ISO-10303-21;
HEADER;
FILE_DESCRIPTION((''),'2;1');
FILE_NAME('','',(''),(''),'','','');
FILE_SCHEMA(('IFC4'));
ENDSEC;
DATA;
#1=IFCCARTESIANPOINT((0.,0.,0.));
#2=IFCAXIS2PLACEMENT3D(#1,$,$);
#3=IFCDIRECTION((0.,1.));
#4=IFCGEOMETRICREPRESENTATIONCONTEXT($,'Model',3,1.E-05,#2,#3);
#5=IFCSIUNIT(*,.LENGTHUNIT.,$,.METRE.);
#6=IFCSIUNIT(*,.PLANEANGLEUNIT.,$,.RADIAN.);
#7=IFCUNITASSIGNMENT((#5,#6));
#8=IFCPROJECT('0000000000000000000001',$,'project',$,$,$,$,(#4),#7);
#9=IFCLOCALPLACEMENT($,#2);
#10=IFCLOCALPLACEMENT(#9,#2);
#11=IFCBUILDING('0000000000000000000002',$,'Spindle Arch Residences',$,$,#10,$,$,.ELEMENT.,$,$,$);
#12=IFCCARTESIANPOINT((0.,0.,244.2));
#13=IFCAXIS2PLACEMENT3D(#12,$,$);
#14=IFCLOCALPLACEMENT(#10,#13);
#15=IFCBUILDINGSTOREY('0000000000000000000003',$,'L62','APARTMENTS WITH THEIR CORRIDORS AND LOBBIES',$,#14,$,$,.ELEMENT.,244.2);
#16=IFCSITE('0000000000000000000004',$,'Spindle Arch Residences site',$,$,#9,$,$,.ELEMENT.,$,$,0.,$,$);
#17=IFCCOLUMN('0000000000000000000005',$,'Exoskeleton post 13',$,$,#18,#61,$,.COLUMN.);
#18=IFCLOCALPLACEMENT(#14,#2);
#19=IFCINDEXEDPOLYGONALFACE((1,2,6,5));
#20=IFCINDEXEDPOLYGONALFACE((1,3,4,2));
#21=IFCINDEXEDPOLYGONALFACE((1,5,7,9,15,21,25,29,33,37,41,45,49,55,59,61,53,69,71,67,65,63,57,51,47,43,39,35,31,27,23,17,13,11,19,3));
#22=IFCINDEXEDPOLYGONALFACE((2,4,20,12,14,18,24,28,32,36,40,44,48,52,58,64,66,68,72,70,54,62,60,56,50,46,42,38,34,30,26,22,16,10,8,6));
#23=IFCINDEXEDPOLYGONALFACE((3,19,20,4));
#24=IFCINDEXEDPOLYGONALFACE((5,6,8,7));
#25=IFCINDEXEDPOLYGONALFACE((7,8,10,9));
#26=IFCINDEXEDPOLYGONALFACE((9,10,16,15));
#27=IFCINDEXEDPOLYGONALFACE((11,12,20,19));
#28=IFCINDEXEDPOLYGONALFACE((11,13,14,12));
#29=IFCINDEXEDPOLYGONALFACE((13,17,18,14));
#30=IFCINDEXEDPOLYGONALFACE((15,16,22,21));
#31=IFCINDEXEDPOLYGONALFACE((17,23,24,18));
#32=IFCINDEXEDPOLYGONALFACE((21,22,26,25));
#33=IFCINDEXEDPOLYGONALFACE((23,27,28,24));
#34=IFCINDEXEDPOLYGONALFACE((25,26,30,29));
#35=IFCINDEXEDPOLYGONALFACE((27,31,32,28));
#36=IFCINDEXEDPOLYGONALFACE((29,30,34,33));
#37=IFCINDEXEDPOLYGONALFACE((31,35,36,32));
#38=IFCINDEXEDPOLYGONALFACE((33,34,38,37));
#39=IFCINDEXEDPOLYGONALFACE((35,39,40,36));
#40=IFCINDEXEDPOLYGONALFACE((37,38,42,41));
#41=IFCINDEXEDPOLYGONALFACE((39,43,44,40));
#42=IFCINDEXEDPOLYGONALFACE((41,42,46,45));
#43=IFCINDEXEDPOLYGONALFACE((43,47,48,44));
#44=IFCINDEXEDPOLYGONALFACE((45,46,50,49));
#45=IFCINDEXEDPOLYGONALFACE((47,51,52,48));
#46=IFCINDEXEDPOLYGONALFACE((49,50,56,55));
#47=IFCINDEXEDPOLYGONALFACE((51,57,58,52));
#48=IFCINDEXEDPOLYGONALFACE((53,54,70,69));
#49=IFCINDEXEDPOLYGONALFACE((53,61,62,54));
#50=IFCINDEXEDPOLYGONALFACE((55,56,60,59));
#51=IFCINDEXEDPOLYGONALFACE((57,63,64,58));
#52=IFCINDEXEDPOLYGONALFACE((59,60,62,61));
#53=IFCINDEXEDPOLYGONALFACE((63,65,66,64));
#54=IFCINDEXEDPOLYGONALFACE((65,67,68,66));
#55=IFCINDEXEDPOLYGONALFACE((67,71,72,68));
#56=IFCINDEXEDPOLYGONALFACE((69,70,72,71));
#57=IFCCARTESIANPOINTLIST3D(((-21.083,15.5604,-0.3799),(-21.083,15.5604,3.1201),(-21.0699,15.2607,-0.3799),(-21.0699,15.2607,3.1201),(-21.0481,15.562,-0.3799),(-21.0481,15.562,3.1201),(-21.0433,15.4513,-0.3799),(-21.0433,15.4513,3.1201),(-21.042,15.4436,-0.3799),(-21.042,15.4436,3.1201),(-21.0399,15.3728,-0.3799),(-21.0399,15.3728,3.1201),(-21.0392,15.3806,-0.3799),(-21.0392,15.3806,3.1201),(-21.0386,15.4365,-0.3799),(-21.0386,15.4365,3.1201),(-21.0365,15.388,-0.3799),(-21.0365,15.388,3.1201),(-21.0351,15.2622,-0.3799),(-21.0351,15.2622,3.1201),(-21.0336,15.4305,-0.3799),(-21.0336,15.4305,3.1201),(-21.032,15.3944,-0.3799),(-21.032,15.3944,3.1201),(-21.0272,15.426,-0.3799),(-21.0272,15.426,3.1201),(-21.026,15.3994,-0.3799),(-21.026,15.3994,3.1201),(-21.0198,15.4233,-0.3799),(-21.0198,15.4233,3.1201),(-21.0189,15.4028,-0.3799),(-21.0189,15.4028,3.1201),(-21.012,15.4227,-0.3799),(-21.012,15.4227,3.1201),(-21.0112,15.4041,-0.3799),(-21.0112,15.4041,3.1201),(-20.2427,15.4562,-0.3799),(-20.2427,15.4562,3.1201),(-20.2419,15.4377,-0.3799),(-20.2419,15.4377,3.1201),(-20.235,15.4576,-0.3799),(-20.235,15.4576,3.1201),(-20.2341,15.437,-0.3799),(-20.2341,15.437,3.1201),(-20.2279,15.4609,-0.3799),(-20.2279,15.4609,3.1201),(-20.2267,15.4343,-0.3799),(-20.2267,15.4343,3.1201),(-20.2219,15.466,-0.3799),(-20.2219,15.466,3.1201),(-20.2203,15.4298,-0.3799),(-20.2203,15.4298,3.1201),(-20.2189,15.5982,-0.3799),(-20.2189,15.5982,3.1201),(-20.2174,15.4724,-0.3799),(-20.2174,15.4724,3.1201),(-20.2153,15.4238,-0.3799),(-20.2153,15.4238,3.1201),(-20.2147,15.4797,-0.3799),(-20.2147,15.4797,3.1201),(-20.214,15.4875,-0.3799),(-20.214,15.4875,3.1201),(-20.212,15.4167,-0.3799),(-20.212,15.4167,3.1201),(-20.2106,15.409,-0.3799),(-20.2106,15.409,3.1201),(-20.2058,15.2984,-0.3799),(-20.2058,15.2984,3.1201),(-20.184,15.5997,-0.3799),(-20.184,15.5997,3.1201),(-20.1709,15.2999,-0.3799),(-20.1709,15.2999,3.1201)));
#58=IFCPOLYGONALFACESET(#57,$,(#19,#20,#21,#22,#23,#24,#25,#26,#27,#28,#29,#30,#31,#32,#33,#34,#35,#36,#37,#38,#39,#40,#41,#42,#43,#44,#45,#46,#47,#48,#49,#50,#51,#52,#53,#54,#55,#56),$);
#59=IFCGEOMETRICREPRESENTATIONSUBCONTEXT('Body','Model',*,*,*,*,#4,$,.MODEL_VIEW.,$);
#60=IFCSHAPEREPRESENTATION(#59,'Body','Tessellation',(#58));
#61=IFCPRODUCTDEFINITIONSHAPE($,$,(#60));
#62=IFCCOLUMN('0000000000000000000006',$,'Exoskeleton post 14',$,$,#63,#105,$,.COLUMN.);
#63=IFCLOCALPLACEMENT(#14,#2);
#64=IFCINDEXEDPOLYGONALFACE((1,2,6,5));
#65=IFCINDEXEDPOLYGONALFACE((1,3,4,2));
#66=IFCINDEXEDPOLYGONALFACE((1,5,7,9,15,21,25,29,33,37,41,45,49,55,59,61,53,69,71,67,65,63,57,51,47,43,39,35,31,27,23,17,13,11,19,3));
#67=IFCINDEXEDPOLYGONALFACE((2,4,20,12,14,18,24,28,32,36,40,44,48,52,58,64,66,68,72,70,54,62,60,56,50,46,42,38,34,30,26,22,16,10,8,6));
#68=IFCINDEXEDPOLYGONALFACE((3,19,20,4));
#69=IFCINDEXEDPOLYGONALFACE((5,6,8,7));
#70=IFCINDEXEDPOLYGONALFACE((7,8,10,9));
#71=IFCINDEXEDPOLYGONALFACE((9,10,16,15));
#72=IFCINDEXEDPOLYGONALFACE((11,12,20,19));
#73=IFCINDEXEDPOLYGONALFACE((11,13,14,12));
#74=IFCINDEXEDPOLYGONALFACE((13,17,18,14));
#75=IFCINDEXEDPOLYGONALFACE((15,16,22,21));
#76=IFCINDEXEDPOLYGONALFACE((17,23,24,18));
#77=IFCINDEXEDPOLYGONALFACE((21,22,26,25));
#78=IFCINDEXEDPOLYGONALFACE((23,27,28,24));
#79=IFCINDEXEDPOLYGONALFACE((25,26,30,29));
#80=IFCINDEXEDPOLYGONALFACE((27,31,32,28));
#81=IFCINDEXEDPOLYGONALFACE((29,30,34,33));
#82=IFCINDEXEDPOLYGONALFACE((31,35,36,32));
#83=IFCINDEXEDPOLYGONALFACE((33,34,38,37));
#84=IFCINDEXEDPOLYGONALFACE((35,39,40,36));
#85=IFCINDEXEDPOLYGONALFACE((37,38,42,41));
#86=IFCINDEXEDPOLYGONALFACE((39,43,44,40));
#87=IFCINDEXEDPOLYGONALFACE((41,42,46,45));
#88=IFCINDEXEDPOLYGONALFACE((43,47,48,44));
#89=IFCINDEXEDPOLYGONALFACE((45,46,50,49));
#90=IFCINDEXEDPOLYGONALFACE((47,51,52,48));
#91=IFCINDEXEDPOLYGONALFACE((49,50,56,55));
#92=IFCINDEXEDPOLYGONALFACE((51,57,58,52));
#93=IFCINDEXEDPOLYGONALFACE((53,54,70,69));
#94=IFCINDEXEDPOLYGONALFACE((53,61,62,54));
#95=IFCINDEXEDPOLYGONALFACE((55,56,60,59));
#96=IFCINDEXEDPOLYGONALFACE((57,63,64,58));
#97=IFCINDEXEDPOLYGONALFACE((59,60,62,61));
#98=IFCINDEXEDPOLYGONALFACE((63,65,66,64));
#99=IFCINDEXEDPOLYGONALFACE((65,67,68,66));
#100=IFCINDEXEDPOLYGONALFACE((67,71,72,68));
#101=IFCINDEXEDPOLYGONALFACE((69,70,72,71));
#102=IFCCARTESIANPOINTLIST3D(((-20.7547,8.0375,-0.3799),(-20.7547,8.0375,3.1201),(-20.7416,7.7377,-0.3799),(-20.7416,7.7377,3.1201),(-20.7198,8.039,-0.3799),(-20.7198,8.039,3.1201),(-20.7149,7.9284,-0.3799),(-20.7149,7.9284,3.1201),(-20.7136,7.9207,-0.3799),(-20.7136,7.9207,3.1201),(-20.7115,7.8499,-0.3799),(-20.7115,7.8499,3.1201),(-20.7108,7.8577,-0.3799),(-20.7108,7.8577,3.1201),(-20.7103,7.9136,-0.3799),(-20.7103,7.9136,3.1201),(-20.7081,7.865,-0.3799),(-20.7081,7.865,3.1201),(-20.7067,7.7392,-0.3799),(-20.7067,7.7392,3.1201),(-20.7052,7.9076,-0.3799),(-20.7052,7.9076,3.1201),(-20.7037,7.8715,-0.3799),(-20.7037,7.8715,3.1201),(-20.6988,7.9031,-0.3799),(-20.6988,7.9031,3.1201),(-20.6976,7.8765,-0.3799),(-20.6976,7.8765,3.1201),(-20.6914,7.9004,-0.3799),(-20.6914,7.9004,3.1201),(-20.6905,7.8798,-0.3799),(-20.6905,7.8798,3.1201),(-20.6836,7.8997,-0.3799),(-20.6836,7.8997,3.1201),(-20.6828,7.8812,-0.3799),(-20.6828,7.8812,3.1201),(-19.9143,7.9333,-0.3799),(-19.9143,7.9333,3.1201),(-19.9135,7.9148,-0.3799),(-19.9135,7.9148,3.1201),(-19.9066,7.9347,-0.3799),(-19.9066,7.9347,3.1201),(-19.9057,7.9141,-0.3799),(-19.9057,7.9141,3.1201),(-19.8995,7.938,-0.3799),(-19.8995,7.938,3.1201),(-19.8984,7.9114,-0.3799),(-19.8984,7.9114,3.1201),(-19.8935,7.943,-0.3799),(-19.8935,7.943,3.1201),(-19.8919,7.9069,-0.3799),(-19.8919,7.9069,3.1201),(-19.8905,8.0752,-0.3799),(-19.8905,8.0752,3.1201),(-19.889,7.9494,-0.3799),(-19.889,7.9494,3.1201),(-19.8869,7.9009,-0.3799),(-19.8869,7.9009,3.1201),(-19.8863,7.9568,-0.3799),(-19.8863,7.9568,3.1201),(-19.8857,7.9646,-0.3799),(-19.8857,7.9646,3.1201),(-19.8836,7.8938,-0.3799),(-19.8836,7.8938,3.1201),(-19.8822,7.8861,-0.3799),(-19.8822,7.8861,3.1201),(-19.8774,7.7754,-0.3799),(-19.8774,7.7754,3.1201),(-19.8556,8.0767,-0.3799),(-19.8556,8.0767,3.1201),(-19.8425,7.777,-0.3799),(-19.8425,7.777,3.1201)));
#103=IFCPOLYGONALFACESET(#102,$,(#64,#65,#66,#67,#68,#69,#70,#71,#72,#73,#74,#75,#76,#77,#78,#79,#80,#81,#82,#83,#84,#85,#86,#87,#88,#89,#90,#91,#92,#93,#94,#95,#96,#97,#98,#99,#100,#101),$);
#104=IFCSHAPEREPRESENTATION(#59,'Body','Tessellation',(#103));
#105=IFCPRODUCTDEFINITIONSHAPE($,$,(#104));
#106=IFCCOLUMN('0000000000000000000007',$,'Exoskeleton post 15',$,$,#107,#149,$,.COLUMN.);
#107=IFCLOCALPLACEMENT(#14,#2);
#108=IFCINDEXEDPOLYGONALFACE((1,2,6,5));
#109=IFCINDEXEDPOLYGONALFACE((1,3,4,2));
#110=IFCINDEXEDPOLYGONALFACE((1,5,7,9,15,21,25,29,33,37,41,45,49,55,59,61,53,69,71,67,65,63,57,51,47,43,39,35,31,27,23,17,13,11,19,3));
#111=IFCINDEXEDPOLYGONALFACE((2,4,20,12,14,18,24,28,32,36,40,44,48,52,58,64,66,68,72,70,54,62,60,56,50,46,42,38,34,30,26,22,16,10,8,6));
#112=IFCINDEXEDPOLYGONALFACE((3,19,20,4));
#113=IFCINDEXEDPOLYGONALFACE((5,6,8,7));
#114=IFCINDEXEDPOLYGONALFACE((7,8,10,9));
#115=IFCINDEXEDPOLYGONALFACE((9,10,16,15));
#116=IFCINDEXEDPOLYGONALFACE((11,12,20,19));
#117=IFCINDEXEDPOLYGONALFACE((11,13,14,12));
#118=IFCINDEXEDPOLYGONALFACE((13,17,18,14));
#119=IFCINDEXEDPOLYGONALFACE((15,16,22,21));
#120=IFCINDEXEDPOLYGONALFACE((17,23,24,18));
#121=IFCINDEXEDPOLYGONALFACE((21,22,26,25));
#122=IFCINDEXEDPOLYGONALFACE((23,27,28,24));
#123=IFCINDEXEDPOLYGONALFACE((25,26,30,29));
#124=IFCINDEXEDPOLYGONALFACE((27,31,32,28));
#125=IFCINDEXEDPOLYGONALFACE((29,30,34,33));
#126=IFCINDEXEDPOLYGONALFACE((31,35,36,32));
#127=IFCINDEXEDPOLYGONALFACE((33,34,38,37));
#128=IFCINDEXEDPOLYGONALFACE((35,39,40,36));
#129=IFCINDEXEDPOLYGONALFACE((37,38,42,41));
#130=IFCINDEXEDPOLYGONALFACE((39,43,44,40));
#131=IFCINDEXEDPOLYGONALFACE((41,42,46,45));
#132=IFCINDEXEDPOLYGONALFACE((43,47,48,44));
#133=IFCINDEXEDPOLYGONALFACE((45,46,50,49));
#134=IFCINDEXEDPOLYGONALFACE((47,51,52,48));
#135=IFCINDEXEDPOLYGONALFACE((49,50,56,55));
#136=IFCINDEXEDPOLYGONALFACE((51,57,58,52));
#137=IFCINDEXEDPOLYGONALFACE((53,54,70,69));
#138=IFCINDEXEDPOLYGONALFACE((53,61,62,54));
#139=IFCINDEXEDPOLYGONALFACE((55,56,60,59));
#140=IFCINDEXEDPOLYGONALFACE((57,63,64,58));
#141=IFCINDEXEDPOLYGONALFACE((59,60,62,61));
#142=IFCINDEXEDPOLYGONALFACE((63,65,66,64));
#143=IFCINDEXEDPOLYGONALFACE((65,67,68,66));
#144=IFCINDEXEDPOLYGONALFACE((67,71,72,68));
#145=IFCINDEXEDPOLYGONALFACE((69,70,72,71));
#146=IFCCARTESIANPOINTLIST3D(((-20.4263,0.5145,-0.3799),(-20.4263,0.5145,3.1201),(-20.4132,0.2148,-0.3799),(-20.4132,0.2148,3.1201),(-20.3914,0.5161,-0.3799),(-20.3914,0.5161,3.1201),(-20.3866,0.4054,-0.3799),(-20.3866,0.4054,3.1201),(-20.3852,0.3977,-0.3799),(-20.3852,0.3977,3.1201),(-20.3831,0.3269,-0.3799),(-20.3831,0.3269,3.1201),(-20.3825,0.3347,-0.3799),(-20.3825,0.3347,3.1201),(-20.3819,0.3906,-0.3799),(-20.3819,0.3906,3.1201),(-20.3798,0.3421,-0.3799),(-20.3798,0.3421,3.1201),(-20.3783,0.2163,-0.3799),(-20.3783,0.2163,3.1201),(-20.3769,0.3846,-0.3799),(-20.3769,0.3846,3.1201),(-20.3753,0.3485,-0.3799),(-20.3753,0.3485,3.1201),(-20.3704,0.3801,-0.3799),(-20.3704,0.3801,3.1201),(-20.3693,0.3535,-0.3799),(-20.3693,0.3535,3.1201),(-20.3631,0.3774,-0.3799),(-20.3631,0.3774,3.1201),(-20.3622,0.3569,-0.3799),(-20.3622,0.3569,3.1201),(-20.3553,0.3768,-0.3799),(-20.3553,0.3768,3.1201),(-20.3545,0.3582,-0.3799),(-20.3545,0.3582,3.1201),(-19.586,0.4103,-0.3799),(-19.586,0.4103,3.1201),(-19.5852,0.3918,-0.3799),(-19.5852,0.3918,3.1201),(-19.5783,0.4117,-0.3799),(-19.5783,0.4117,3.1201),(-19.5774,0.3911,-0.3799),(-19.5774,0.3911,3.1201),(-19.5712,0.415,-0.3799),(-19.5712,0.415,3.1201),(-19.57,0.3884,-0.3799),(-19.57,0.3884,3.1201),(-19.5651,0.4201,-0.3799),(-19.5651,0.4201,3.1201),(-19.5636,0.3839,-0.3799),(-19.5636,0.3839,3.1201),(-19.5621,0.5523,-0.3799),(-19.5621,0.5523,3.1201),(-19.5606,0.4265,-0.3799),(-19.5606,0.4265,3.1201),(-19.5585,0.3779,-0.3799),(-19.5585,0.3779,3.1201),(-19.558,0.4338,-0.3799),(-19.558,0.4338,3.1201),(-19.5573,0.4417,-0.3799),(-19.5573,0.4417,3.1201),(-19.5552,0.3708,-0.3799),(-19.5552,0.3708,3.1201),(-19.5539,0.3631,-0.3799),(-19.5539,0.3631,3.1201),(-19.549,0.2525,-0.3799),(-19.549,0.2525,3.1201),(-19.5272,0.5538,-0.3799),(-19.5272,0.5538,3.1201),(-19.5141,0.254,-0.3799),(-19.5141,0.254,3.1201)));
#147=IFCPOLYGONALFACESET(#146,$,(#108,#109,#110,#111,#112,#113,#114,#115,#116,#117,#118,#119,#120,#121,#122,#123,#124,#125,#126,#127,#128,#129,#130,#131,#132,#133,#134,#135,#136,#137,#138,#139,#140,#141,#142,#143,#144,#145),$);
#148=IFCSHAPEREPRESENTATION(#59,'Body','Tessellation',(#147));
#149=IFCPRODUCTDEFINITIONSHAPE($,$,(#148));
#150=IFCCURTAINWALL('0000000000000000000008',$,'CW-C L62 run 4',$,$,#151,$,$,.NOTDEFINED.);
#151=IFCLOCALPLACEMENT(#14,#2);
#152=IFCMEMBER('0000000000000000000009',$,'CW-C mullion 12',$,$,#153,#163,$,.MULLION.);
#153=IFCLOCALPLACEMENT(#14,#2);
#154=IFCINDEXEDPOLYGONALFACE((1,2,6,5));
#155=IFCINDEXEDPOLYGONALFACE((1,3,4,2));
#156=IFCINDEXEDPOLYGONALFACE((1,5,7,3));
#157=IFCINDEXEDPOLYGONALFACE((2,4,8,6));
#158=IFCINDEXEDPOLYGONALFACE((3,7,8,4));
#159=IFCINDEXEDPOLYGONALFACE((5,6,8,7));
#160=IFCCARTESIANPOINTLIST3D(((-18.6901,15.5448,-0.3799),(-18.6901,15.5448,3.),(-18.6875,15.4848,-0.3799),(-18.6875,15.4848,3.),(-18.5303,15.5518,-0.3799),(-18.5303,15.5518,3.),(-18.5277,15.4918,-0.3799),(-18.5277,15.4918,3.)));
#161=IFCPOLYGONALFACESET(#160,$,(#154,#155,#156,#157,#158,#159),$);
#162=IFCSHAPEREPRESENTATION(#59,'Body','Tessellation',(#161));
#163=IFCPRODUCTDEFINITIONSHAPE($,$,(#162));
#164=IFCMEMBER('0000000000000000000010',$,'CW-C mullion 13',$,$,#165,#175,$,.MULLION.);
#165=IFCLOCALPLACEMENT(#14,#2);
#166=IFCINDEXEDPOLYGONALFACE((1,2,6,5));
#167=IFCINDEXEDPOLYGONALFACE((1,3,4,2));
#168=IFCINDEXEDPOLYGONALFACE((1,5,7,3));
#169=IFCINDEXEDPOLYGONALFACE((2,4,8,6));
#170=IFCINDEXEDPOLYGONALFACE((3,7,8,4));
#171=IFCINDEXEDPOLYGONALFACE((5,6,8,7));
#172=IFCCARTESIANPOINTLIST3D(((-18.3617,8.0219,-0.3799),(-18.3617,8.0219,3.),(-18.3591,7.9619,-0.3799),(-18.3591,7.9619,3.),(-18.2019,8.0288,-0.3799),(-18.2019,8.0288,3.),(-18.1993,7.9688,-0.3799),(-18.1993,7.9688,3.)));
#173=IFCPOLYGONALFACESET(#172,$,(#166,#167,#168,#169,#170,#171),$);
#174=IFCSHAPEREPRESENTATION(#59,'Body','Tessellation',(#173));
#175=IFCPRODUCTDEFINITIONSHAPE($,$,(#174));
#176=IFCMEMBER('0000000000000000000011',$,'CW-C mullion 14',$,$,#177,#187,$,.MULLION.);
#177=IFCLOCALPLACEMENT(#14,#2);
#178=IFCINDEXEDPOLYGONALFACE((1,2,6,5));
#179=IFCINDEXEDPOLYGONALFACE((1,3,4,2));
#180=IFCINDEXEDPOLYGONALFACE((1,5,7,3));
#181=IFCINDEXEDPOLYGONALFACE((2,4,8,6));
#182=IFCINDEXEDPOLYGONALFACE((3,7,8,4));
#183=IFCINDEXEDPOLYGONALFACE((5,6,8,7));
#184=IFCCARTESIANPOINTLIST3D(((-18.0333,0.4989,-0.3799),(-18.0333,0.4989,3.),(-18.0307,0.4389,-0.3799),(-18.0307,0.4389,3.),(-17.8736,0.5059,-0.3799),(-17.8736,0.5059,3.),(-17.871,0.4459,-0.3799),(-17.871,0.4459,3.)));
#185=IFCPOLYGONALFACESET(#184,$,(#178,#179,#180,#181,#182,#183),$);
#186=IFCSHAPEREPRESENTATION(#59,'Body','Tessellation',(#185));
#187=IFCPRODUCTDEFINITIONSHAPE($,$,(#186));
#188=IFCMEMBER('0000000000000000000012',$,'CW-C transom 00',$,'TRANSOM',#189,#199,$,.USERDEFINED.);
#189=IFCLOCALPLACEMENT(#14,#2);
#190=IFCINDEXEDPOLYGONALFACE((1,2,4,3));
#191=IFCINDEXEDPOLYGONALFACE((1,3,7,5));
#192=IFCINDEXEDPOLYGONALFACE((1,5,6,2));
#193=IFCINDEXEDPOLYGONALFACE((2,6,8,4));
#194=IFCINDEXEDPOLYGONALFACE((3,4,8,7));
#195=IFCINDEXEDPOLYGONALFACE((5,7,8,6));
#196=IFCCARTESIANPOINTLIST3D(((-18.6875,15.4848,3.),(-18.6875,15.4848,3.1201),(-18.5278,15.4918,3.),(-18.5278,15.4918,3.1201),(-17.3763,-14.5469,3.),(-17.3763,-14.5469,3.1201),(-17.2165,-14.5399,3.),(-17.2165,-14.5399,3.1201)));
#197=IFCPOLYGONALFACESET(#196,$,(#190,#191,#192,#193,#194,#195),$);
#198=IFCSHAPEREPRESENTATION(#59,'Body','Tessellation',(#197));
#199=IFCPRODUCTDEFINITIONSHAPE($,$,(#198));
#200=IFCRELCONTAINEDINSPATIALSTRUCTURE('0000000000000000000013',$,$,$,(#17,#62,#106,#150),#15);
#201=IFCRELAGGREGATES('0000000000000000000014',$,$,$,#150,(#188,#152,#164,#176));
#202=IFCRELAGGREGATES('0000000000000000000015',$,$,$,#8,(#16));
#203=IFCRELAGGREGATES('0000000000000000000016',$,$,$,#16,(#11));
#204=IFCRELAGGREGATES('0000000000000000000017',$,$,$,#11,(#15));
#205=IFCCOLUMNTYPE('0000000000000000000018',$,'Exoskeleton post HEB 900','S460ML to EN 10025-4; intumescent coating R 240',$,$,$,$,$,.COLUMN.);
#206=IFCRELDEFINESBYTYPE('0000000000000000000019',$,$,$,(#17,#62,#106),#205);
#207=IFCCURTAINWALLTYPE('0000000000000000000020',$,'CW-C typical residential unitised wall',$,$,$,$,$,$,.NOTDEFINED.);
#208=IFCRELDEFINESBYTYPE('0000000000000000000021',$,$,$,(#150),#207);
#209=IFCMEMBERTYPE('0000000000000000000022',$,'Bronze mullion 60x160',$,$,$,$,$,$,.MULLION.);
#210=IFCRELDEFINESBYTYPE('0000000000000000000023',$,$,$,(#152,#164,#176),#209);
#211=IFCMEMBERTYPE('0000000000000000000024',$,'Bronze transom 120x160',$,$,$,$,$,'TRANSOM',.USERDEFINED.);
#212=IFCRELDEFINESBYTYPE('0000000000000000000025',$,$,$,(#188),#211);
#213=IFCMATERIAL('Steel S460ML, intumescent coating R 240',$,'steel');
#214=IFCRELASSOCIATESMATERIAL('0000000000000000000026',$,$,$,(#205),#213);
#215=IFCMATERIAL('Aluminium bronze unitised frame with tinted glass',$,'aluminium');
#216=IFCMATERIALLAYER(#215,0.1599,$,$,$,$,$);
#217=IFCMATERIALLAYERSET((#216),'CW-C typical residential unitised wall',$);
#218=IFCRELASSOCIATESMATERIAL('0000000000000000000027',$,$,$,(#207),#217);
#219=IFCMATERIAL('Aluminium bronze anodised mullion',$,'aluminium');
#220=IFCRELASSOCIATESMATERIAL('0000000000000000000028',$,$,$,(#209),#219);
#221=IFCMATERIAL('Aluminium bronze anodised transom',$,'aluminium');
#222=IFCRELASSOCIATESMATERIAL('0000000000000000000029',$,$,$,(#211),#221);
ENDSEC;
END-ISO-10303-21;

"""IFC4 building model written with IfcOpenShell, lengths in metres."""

from ifc_helpers import new_model, si_unit, direction, frame, origin, origin_2d, place, context, subcontext, project, spatial, rectangle, i_section, extrude, material, layer, layer_set, material_profile, profile_set, type_object, element, aggregate, save


model = new_model("IFC4")

# Units and contexts
model_context = context("Model", 3, precision=1e-05, world=origin(), true_north=direction((0.0, 1.0)))
body_context = subcontext(model_context, "Body", "Model", "MODEL_VIEW")
ifc_project = project(units=[si_unit("LENGTHUNIT", "METRE"), si_unit("PLANEANGLEUNIT", "RADIAN")], contexts=[model_context])

# Site, building, storey
site_placement = place(None, origin())
site = spatial("IfcSite", under=ifc_project, at=site_placement, Name="Spindle Arch Residences site", CompositionType="ELEMENT", RefElevation=0.0)
building_placement = place(site_placement, origin())
building = spatial("IfcBuilding", under=site, at=building_placement, Name="Spindle Arch Residences", CompositionType="ELEMENT")
storey_placement = place(building_placement, frame((0.0, 0.0, 244.2)))
storey = spatial("IfcBuildingStorey", under=building, at=storey_placement, Name="L62", Description="APARTMENTS WITH THEIR CORRIDORS AND LOBBIES", CompositionType="ELEMENT", Elevation=244.2)

# Columns
ifc_material_1 = material(Name="Steel S460ML, intumescent coating R 240", Category="steel")
ifc_material_profile_1 = material_profile(ifc_material_1, i_section(OverallWidth=0.3, OverallDepth=0.8999, WebThickness=0.0186, FlangeThickness=0.0349, FilletRadius=0.03, at=origin_2d()), Name="HEB 900")
ifc_profile_set_1 = profile_set([ifc_material_profile_1], Name="Steel S460ML, intumescent coating R 240")
column_type = type_object("IfcColumnType", Name="Exoskeleton post HEB 900", Description="S460ML to EN 10025-4; intumescent coating R 240", PredefinedType="COLUMN", material=ifc_profile_set_1)
for number, where, z_axis, x_axis, name in (
    (1, (-20.627, 15.4302, -0.3799), (0.0, 0.0, 1.0), (-0.043619, 0.999048, 0.0), "Exoskeleton post 13"),
    (2, (-20.2986, 7.9072, -0.3799), (0.0, 0.0, 1.0), (-0.043619, 0.999048, 0.0), "Exoskeleton post 14"),
    (3, (-19.9702, 0.3843, -0.3799), (0.0, 0.0, 1.0), (-0.043619, 0.999048, 0.0), "Exoskeleton post 15"),
):
    element("IfcColumn", number, at=place(storey_placement, frame(where, z_axis=z_axis, x_axis=x_axis)), inside=storey, type_object=column_type, Name=name, PredefinedType="COLUMN", context=body_context, shape_type="SweptSolid", body=[
        extrude(i_section(OverallWidth=0.3, OverallDepth=0.8999, WebThickness=0.0186, FlangeThickness=0.0349, FilletRadius=0.03, at=origin_2d()), origin(), (0.0, 0.0, 1.0), 3.5),
    ])

# Curtain wall, members
ifc_material_2 = material(Name="Aluminium bronze unitised frame with tinted glass", Category="aluminium")
ifc_layer_1 = layer(ifc_material_2, 0.1599)
ifc_layer_set_1 = layer_set([ifc_layer_1], Name="CW-C typical residential unitised wall")
curtain_wall_type = type_object("IfcCurtainWallType", Name="CW-C typical residential unitised wall", PredefinedType="NOTDEFINED", material=ifc_layer_set_1)
curtain_wall_placement = place(storey_placement, origin())
curtain_wall = element("IfcCurtainWall", 4, at=curtain_wall_placement, inside=storey, type_object=curtain_wall_type, Name="CW-C L62 run 4", PredefinedType="NOTDEFINED")
ifc_material_3 = material(Name="Aluminium bronze anodised mullion", Category="aluminium")
ifc_material_profile_2 = material_profile(ifc_material_3, rectangle(XDim=0.1599, YDim=0.0601, at=origin_2d()), Name="MU 60x160")
ifc_profile_set_2 = profile_set([ifc_material_profile_2], Name="Aluminium bronze anodised mullion")
member_type_1 = type_object("IfcMemberType", Name="Bronze mullion 60x160", PredefinedType="MULLION", material=ifc_profile_set_2)
member_1_placement = place(storey_placement, frame((-18.6089, 15.5183, -0.3799), z_axis=(0.0, 0.0, 1.0), x_axis=(0.999048, 0.043619, 0.0)))
member_1 = element("IfcMember", 5, at=member_1_placement, type_object=member_type_1, Name="CW-C mullion 12", PredefinedType="MULLION", context=body_context, shape_type="SweptSolid", body=[
    extrude(rectangle(XDim=0.1599, YDim=0.0601, at=origin_2d()), origin(), (0.0, 0.0, 1.0), 3.3799),
])
member_2_placement = place(storey_placement, frame((-18.2805, 7.9954, -0.3799), z_axis=(0.0, 0.0, 1.0), x_axis=(0.999048, 0.043619, 0.0)))
member_2 = element("IfcMember", 6, at=member_2_placement, type_object=member_type_1, Name="CW-C mullion 13", PredefinedType="MULLION", context=body_context, shape_type="SweptSolid", body=[
    extrude(rectangle(XDim=0.1599, YDim=0.0601, at=origin_2d()), origin(), (0.0, 0.0, 1.0), 3.3799),
])
member_3_placement = place(storey_placement, frame((-17.9521, 0.4724, -0.3799), z_axis=(0.0, 0.0, 1.0), x_axis=(0.999048, 0.043619, 0.0)))
member_3 = element("IfcMember", 7, at=member_3_placement, type_object=member_type_1, Name="CW-C mullion 14", PredefinedType="MULLION", context=body_context, shape_type="SweptSolid", body=[
    extrude(rectangle(XDim=0.1599, YDim=0.0601, at=origin_2d()), origin(), (0.0, 0.0, 1.0), 3.3799),
])
ifc_material_4 = material(Name="Aluminium bronze anodised transom", Category="aluminium")
ifc_material_profile_3 = material_profile(ifc_material_4, rectangle(XDim=0.1599, YDim=0.1201, at=origin_2d()), Name="TR 120x160")
ifc_profile_set_3 = profile_set([ifc_material_profile_3], Name="Aluminium bronze anodised transom")
member_type_2 = type_object("IfcMemberType", Name="Bronze transom 120x160", ElementType="TRANSOM", PredefinedType="USERDEFINED", material=ifc_profile_set_3)
member_4_placement = place(storey_placement, frame((-18.6077, 15.4883, 3.0601), z_axis=(0.043622, -0.999048, 0.0), x_axis=(0.999048, 0.043622, 0.0)))
member_4 = element("IfcMember", 8, at=member_4_placement, type_object=member_type_2, Name="CW-C transom 00", ObjectType="TRANSOM", PredefinedType="USERDEFINED", context=body_context, shape_type="SweptSolid", body=[
    extrude(rectangle(XDim=0.1599, YDim=0.1201, at=origin_2d()), origin(), (0.0, 0.0, 1.0), 30.0603),
])

aggregate(curtain_wall, [member_4, member_1, member_2, member_3])

save(model, "model.ifc")
